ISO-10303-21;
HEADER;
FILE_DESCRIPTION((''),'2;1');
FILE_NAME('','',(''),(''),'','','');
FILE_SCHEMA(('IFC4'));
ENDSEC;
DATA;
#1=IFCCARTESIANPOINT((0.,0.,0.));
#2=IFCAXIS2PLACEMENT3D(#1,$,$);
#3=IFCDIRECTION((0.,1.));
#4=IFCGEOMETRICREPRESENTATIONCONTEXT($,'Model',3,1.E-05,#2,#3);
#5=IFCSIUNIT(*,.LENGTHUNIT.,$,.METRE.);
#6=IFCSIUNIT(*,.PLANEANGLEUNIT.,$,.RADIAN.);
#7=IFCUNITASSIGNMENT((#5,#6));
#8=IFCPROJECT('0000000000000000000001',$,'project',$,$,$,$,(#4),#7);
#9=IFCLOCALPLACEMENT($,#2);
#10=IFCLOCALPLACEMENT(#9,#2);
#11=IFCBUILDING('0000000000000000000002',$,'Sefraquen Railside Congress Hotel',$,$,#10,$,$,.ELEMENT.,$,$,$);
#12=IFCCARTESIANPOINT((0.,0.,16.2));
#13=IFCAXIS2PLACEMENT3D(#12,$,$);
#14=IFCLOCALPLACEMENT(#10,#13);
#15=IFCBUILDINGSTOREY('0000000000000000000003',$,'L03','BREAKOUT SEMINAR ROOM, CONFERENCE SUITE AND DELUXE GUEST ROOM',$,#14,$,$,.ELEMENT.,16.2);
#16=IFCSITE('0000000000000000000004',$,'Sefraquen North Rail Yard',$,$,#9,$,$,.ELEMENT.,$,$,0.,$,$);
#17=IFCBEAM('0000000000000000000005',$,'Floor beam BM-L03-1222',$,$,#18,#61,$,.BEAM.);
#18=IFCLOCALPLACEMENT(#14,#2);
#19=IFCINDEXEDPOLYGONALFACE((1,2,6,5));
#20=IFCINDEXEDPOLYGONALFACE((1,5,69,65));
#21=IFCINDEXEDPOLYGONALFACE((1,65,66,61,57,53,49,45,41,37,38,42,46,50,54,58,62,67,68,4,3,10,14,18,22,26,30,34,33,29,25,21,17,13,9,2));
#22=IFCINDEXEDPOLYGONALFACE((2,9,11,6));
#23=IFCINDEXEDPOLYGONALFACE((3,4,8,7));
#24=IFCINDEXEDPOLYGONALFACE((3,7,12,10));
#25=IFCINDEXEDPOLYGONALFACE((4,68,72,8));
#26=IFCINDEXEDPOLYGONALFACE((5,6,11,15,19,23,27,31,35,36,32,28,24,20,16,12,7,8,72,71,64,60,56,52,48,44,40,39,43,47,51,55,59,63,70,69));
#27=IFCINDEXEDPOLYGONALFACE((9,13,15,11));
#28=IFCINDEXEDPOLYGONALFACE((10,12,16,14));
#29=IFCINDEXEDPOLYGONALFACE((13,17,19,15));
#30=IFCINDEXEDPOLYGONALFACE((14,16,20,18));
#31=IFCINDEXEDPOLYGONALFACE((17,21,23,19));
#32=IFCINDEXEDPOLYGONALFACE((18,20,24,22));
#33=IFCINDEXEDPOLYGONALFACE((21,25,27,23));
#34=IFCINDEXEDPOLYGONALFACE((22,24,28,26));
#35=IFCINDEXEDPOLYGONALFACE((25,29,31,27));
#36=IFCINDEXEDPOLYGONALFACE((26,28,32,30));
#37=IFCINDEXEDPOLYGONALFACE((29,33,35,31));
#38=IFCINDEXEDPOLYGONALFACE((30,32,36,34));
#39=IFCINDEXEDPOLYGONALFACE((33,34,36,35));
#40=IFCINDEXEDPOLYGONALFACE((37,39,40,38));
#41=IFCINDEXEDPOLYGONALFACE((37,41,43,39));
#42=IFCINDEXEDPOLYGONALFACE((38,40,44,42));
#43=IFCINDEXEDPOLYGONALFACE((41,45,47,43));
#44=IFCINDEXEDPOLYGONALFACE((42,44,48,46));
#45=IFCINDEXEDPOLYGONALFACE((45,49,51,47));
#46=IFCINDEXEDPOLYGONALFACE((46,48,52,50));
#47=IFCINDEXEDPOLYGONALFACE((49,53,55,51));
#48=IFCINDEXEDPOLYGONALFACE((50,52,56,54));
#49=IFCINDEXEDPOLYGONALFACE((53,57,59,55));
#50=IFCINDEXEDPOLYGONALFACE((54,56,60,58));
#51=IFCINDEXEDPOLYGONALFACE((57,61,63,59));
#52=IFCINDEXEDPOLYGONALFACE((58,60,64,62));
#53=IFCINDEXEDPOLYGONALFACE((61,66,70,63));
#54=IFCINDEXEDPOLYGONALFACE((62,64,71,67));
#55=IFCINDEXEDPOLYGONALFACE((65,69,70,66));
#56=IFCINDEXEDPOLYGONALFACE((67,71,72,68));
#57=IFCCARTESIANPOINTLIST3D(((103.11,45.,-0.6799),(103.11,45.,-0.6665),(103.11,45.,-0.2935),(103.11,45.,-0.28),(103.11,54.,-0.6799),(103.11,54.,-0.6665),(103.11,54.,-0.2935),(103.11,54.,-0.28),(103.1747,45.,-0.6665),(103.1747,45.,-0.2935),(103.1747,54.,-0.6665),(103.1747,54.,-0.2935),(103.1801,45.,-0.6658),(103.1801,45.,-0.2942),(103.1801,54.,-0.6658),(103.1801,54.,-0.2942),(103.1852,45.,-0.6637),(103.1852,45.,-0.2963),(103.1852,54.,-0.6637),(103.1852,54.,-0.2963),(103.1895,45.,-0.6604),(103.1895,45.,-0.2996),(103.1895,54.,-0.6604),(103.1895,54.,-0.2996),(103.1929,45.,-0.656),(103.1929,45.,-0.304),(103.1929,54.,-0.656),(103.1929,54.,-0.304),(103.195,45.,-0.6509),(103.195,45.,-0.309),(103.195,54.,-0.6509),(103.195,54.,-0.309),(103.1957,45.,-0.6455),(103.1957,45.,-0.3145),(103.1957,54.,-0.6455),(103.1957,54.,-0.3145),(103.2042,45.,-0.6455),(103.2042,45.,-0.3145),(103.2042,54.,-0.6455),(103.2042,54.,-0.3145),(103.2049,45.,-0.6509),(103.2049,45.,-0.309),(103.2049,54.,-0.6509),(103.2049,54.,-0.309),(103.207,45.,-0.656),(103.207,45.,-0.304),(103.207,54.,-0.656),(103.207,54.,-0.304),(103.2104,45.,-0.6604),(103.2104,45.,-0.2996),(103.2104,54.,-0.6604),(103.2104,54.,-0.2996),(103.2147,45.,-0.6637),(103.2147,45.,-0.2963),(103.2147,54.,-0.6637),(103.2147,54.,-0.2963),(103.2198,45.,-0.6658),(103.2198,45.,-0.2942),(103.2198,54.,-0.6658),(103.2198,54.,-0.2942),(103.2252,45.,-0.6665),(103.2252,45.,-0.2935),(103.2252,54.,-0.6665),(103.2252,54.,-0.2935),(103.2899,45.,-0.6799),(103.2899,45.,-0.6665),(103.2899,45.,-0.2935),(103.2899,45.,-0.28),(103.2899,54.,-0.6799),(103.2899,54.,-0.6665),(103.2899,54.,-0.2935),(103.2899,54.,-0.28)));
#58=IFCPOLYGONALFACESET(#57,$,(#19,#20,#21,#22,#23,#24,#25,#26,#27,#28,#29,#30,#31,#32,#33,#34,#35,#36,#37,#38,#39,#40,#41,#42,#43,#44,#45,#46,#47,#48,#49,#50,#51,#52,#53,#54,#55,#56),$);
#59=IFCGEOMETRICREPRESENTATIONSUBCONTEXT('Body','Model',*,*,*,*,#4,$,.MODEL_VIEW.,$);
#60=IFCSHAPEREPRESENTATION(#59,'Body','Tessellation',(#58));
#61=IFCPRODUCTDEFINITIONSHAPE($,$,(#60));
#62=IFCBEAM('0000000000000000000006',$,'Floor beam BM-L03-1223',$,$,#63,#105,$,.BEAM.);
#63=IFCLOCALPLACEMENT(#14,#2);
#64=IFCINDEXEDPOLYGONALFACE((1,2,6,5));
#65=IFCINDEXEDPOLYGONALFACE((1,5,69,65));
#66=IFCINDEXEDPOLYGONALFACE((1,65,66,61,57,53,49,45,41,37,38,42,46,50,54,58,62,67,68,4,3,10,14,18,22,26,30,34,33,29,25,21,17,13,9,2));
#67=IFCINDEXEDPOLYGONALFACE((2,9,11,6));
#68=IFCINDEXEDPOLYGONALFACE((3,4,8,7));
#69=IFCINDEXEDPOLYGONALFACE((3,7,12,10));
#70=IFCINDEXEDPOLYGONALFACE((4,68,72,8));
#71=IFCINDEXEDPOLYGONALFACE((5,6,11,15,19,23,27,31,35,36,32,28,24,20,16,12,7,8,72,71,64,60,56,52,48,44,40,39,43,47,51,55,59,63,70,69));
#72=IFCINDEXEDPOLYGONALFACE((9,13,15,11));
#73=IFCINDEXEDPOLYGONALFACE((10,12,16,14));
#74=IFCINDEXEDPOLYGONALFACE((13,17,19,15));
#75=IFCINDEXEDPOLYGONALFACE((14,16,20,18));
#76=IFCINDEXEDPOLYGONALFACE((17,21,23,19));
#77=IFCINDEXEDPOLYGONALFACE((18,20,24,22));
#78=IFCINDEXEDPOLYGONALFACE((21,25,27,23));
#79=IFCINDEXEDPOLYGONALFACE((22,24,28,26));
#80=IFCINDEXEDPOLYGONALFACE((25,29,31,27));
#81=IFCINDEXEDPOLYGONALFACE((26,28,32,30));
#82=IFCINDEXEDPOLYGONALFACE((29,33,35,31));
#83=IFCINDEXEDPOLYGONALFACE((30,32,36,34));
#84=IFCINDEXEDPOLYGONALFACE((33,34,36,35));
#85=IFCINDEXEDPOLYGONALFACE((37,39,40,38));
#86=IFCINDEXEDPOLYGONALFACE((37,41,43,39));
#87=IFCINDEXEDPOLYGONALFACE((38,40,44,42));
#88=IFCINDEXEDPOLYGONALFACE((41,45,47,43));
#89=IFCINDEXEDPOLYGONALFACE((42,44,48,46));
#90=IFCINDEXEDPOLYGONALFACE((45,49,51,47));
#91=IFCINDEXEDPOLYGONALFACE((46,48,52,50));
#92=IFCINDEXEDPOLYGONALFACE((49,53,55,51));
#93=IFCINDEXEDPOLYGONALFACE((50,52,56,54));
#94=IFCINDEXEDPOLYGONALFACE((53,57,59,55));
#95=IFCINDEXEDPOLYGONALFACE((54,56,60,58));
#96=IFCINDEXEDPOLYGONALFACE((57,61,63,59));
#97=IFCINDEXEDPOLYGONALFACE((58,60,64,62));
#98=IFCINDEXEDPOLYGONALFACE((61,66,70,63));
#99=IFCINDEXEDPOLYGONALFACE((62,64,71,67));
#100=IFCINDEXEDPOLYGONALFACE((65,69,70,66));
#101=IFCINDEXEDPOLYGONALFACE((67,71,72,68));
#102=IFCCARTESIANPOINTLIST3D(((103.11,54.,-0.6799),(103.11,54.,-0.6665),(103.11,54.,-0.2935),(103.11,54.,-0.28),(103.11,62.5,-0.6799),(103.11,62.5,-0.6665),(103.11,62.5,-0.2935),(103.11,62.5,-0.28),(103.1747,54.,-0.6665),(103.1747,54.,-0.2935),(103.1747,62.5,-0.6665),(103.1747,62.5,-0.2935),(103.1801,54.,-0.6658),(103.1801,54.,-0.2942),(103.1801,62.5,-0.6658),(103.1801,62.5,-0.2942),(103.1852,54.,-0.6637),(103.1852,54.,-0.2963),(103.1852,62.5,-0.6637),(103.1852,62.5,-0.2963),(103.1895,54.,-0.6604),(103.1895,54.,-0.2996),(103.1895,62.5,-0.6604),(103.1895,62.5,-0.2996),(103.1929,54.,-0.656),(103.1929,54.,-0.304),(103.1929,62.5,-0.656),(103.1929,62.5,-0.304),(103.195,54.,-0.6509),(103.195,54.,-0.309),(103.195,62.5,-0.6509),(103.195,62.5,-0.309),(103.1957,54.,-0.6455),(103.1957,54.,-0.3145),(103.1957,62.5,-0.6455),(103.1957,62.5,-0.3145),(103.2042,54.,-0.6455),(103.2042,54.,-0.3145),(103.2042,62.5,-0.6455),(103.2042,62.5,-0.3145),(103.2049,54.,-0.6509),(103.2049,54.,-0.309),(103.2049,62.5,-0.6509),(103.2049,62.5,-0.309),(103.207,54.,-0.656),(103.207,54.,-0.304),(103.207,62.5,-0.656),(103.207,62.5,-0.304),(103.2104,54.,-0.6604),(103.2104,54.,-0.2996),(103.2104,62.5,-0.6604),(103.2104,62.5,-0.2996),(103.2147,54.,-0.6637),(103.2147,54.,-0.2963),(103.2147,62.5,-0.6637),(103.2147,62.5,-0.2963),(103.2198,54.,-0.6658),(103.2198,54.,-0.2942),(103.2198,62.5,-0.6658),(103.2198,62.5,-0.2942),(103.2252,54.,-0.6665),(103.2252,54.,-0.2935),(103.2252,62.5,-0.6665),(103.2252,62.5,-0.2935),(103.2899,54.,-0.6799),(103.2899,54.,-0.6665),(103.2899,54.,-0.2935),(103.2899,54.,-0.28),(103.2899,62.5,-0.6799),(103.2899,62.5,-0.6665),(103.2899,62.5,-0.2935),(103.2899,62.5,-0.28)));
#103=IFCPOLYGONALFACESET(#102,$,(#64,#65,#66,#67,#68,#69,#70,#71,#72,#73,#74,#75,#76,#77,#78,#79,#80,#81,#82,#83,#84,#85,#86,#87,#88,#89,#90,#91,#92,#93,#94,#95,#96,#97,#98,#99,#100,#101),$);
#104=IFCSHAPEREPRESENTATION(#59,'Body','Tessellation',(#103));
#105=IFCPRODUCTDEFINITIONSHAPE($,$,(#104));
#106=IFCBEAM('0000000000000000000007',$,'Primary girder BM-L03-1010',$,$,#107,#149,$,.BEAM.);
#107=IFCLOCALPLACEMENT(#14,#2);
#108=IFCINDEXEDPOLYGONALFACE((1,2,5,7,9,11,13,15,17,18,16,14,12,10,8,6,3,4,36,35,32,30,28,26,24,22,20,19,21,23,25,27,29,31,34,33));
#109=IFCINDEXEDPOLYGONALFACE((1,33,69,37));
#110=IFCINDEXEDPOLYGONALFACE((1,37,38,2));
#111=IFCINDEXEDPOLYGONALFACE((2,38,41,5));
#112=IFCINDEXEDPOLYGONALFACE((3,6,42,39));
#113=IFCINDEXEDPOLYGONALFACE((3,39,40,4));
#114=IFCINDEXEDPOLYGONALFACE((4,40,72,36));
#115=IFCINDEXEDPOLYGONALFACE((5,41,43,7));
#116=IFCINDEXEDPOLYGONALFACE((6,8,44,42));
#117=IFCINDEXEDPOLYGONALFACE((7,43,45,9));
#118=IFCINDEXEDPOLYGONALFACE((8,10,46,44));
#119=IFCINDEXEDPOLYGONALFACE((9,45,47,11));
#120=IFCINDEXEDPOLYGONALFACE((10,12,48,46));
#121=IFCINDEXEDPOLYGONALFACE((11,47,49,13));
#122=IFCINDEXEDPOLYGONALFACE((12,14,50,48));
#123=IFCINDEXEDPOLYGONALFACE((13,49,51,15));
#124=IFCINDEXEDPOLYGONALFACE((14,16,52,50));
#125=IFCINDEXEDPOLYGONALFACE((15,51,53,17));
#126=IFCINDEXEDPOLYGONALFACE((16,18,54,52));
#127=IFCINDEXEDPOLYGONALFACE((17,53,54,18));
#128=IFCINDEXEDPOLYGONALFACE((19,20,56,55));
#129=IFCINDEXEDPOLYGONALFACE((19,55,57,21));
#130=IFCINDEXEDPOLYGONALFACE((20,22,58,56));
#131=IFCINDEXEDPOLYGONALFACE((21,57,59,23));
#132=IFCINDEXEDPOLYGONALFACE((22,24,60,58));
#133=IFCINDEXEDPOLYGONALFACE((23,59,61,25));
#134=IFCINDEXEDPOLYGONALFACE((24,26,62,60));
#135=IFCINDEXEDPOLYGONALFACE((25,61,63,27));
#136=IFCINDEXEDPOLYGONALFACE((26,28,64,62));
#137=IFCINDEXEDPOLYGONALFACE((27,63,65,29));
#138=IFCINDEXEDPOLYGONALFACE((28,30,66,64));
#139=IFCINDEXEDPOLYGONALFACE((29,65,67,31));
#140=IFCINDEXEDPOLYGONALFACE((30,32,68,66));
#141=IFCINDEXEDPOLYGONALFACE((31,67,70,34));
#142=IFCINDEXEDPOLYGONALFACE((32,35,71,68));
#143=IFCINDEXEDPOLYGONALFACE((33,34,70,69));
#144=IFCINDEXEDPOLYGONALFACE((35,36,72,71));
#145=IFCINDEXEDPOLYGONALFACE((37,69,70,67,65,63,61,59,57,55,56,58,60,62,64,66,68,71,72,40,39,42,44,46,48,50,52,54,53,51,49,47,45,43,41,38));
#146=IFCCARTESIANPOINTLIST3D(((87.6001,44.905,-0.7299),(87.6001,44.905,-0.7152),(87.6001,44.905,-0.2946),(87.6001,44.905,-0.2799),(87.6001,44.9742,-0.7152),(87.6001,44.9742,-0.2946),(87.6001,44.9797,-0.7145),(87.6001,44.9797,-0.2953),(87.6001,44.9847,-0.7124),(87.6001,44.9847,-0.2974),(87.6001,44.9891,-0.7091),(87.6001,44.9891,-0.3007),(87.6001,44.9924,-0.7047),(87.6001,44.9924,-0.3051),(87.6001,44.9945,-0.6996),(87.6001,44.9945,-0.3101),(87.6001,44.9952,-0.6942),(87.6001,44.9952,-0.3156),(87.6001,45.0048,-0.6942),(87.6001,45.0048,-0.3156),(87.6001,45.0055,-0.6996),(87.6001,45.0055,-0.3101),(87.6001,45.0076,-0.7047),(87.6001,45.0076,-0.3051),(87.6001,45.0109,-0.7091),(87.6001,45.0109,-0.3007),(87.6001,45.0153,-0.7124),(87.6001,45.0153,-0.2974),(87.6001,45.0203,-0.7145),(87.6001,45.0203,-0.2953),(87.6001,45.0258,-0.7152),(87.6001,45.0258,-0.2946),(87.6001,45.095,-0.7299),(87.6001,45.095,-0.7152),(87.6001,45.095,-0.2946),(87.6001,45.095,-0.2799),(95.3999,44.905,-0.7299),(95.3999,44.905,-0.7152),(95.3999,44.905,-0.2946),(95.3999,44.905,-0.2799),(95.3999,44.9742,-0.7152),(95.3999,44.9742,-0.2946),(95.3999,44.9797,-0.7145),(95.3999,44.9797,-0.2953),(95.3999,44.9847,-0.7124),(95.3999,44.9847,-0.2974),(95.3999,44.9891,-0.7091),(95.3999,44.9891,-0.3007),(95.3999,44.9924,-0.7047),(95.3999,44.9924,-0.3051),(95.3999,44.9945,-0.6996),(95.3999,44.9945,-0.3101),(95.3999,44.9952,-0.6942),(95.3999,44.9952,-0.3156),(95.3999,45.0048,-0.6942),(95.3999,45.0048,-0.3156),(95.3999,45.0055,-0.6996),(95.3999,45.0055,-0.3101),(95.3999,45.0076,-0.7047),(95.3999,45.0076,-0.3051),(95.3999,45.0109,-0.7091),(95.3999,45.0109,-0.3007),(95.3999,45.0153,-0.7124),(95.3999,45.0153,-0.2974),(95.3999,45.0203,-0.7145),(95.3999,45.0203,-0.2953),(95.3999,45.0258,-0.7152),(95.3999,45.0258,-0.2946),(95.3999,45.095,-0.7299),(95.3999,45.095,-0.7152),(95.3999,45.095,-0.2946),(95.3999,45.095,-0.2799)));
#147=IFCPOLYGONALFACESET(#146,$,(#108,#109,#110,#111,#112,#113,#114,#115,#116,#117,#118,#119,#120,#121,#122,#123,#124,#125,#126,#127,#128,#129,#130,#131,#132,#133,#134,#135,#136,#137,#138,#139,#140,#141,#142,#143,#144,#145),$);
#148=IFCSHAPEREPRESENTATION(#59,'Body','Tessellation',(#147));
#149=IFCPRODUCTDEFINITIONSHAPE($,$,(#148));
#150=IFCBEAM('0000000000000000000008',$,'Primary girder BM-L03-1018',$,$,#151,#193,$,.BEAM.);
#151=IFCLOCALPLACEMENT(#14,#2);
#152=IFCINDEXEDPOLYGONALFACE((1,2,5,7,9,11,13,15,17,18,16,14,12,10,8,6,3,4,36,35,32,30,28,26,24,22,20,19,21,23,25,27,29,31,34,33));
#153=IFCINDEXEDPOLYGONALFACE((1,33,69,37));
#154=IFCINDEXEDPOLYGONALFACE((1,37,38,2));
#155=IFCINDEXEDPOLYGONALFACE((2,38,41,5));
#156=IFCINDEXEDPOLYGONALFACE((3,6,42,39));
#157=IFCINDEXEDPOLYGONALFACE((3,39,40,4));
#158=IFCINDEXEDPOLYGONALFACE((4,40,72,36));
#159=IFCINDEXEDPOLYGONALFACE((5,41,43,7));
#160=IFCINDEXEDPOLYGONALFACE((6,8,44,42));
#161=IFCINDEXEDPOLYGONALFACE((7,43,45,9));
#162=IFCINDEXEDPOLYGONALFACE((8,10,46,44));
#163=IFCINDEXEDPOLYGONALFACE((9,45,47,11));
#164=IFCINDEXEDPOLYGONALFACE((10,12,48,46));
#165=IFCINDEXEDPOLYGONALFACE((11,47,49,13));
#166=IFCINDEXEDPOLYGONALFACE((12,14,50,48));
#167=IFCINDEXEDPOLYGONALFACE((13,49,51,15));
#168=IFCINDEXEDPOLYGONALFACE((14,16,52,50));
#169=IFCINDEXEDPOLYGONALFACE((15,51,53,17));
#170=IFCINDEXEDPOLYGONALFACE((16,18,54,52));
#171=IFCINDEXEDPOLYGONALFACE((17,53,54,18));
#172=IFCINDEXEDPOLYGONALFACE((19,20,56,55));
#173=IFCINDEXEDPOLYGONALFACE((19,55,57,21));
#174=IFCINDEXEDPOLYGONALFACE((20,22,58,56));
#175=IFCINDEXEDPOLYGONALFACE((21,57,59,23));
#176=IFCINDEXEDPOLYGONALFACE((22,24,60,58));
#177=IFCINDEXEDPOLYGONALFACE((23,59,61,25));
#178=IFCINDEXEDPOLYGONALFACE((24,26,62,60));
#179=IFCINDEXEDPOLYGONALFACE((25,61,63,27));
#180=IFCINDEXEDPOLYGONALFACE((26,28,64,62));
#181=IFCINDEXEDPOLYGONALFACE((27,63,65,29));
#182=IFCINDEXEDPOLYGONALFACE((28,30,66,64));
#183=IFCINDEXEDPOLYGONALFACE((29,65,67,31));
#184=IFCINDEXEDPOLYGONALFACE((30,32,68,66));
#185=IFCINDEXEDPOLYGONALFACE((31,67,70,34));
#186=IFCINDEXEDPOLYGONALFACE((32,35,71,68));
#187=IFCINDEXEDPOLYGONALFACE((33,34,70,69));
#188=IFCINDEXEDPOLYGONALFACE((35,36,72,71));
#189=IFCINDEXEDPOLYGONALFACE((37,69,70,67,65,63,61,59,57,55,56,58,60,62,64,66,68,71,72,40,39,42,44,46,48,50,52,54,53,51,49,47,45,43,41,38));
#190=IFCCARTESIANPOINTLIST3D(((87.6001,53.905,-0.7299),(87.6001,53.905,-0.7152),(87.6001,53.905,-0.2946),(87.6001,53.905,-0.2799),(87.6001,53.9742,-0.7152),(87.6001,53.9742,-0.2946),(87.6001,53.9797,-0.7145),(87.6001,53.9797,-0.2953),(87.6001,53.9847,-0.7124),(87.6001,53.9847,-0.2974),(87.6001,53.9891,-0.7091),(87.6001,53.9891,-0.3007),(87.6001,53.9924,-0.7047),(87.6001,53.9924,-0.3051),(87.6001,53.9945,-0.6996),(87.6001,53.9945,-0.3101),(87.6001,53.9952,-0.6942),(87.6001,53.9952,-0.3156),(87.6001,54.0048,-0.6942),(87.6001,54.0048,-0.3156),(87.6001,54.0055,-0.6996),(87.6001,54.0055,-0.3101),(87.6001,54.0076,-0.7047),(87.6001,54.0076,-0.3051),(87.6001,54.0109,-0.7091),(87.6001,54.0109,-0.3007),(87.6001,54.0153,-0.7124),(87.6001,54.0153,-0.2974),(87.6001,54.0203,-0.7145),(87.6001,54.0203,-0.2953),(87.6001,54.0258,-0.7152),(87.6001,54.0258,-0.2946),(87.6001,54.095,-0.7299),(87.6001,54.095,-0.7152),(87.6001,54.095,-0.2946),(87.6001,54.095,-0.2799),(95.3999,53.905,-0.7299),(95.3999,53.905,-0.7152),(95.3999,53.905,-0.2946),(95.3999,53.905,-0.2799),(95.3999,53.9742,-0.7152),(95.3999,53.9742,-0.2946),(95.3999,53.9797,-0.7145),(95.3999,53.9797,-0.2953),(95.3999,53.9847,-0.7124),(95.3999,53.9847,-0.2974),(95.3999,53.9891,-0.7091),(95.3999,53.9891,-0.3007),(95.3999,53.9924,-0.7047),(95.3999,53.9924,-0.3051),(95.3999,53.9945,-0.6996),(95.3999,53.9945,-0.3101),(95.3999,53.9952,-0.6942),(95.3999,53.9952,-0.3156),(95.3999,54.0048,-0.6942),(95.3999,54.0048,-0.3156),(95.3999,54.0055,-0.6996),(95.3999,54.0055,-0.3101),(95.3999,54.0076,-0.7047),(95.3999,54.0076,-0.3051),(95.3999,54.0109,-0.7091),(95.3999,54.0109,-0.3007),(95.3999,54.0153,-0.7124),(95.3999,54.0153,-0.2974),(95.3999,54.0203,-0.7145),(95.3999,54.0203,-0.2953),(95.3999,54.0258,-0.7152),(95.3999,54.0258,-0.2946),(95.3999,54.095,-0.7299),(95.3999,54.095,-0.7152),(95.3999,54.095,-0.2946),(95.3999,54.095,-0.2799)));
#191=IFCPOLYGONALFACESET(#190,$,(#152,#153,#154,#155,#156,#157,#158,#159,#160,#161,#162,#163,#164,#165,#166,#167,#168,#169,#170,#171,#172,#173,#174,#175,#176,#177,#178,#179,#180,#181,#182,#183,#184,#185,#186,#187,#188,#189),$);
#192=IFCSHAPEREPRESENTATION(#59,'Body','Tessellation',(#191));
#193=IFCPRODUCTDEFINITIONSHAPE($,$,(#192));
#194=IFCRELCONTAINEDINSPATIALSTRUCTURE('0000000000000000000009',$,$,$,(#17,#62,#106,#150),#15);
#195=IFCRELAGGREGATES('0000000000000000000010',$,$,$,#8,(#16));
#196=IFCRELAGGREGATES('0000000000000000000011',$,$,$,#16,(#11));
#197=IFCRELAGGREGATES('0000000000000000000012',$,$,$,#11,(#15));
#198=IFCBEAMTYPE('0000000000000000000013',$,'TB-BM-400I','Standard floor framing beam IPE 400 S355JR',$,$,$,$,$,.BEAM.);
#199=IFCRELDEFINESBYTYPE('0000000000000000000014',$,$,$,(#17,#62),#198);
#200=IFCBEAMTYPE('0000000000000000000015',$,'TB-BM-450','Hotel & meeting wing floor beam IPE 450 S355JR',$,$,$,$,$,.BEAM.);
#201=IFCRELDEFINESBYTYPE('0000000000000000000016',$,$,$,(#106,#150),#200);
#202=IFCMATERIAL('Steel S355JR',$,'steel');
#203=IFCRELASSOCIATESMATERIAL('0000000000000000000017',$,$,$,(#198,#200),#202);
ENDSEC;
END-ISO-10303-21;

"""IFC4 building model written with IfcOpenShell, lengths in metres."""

from ifc_helpers import new_model, si_unit, direction, frame, origin, origin_2d, place, context, subcontext, project, spatial, i_section, extrude, material, material_profile, profile_set, type_object, element, save


model = new_model("IFC4")

# Units and contexts
model_context = context("Model", 3, precision=1e-05, world=origin(), true_north=direction((0.0, 1.0)))
body_context = subcontext(model_context, "Body", "Model", "MODEL_VIEW")
ifc_project = project(units=[si_unit("LENGTHUNIT", "METRE"), si_unit("PLANEANGLEUNIT", "RADIAN")], contexts=[model_context])

# Site, building, storey
site_placement = place(None, origin())
site = spatial("IfcSite", under=ifc_project, at=site_placement, Name="Sefraquen North Rail Yard", CompositionType="ELEMENT", RefElevation=0.0)
building_placement = place(site_placement, origin())
building = spatial("IfcBuilding", under=site, at=building_placement, Name="Sefraquen Railside Congress Hotel", CompositionType="ELEMENT")
storey_placement = place(building_placement, frame((0.0, 0.0, 16.2)))
storey = spatial("IfcBuildingStorey", under=building, at=storey_placement, Name="L03", Description="BREAKOUT SEMINAR ROOM, CONFERENCE SUITE AND DELUXE GUEST ROOM", CompositionType="ELEMENT", Elevation=16.2)

# Shared definitions
ifc_material_1 = material(Name="Steel S355JR", Category="steel")

# Beams
ifc_material_profile_1 = material_profile(ifc_material_1, i_section(OverallWidth=0.1799, OverallDepth=0.3999, WebThickness=0.0085, FlangeThickness=0.0134, FilletRadius=0.021, at=origin_2d()), Name="IPE 400")
ifc_profile_set_1 = profile_set([ifc_material_profile_1], Name="Steel S355JR")
beam_type_1 = type_object("IfcBeamType", Name="TB-BM-400I", Description="Standard floor framing beam IPE 400 S355JR", PredefinedType="BEAM", material=ifc_profile_set_1)
for number, where, z_axis, x_axis, name in (
    (1, (103.2, 45.0, -0.48), (0.0, 1.0, 0.0), (-1.0, 0.0, 0.0), "Floor beam BM-L03-1222"),
):
    element("IfcBeam", number, at=place(storey_placement, frame(where, z_axis=z_axis, x_axis=x_axis)), inside=storey, type_object=beam_type_1, Name=name, PredefinedType="BEAM", context=body_context, shape_type="SweptSolid", body=[
        extrude(i_section(OverallWidth=0.1799, OverallDepth=0.3999, WebThickness=0.0085, FlangeThickness=0.0134, FilletRadius=0.021, at=origin_2d()), origin(), (0.0, 0.0, 1.0), 9.0),
    ])
beam_1_placement = place(storey_placement, frame((103.2, 54.0, -0.48), z_axis=(0.0, 1.0, 0.0), x_axis=(-1.0, 0.0, 0.0)))
element("IfcBeam", 2, at=beam_1_placement, inside=storey, type_object=beam_type_1, Name="Floor beam BM-L03-1223", PredefinedType="BEAM", context=body_context, shape_type="SweptSolid", body=[
    extrude(i_section(OverallWidth=0.1799, OverallDepth=0.3999, WebThickness=0.0085, FlangeThickness=0.0134, FilletRadius=0.021, at=origin_2d()), origin(), (0.0, 0.0, 1.0), 8.5),
])
ifc_material_profile_2 = material_profile(ifc_material_1, i_section(OverallWidth=0.1899, OverallDepth=0.45, WebThickness=0.0095, FlangeThickness=0.0146, FilletRadius=0.021, at=origin_2d()), Name="IPE 450")
ifc_profile_set_2 = profile_set([ifc_material_profile_2], Name="Steel S355JR")
beam_type_2 = type_object("IfcBeamType", Name="TB-BM-450", Description="Hotel & meeting wing floor beam IPE 450 S355JR", PredefinedType="BEAM", material=ifc_profile_set_2)
for number, where, z_axis, x_axis, name in (
    (3, (87.6001, 45.0, -0.5049), (1.0, 0.0, 0.0), (0.0, 1.0, 0.0), "Primary girder BM-L03-1010"),
    (4, (87.6001, 54.0, -0.5049), (1.0, 0.0, 0.0), (0.0, 1.0, 0.0), "Primary girder BM-L03-1018"),
):
    element("IfcBeam", number, at=place(storey_placement, frame(where, z_axis=z_axis, x_axis=x_axis)), inside=storey, type_object=beam_type_2, Name=name, PredefinedType="BEAM", context=body_context, shape_type="SweptSolid", body=[
        extrude(i_section(OverallWidth=0.1899, OverallDepth=0.45, WebThickness=0.0095, FlangeThickness=0.0146, FilletRadius=0.021, at=origin_2d()), origin(), (0.0, 0.0, 1.0), 7.7998),
    ])

save(model, "model.ifc")
